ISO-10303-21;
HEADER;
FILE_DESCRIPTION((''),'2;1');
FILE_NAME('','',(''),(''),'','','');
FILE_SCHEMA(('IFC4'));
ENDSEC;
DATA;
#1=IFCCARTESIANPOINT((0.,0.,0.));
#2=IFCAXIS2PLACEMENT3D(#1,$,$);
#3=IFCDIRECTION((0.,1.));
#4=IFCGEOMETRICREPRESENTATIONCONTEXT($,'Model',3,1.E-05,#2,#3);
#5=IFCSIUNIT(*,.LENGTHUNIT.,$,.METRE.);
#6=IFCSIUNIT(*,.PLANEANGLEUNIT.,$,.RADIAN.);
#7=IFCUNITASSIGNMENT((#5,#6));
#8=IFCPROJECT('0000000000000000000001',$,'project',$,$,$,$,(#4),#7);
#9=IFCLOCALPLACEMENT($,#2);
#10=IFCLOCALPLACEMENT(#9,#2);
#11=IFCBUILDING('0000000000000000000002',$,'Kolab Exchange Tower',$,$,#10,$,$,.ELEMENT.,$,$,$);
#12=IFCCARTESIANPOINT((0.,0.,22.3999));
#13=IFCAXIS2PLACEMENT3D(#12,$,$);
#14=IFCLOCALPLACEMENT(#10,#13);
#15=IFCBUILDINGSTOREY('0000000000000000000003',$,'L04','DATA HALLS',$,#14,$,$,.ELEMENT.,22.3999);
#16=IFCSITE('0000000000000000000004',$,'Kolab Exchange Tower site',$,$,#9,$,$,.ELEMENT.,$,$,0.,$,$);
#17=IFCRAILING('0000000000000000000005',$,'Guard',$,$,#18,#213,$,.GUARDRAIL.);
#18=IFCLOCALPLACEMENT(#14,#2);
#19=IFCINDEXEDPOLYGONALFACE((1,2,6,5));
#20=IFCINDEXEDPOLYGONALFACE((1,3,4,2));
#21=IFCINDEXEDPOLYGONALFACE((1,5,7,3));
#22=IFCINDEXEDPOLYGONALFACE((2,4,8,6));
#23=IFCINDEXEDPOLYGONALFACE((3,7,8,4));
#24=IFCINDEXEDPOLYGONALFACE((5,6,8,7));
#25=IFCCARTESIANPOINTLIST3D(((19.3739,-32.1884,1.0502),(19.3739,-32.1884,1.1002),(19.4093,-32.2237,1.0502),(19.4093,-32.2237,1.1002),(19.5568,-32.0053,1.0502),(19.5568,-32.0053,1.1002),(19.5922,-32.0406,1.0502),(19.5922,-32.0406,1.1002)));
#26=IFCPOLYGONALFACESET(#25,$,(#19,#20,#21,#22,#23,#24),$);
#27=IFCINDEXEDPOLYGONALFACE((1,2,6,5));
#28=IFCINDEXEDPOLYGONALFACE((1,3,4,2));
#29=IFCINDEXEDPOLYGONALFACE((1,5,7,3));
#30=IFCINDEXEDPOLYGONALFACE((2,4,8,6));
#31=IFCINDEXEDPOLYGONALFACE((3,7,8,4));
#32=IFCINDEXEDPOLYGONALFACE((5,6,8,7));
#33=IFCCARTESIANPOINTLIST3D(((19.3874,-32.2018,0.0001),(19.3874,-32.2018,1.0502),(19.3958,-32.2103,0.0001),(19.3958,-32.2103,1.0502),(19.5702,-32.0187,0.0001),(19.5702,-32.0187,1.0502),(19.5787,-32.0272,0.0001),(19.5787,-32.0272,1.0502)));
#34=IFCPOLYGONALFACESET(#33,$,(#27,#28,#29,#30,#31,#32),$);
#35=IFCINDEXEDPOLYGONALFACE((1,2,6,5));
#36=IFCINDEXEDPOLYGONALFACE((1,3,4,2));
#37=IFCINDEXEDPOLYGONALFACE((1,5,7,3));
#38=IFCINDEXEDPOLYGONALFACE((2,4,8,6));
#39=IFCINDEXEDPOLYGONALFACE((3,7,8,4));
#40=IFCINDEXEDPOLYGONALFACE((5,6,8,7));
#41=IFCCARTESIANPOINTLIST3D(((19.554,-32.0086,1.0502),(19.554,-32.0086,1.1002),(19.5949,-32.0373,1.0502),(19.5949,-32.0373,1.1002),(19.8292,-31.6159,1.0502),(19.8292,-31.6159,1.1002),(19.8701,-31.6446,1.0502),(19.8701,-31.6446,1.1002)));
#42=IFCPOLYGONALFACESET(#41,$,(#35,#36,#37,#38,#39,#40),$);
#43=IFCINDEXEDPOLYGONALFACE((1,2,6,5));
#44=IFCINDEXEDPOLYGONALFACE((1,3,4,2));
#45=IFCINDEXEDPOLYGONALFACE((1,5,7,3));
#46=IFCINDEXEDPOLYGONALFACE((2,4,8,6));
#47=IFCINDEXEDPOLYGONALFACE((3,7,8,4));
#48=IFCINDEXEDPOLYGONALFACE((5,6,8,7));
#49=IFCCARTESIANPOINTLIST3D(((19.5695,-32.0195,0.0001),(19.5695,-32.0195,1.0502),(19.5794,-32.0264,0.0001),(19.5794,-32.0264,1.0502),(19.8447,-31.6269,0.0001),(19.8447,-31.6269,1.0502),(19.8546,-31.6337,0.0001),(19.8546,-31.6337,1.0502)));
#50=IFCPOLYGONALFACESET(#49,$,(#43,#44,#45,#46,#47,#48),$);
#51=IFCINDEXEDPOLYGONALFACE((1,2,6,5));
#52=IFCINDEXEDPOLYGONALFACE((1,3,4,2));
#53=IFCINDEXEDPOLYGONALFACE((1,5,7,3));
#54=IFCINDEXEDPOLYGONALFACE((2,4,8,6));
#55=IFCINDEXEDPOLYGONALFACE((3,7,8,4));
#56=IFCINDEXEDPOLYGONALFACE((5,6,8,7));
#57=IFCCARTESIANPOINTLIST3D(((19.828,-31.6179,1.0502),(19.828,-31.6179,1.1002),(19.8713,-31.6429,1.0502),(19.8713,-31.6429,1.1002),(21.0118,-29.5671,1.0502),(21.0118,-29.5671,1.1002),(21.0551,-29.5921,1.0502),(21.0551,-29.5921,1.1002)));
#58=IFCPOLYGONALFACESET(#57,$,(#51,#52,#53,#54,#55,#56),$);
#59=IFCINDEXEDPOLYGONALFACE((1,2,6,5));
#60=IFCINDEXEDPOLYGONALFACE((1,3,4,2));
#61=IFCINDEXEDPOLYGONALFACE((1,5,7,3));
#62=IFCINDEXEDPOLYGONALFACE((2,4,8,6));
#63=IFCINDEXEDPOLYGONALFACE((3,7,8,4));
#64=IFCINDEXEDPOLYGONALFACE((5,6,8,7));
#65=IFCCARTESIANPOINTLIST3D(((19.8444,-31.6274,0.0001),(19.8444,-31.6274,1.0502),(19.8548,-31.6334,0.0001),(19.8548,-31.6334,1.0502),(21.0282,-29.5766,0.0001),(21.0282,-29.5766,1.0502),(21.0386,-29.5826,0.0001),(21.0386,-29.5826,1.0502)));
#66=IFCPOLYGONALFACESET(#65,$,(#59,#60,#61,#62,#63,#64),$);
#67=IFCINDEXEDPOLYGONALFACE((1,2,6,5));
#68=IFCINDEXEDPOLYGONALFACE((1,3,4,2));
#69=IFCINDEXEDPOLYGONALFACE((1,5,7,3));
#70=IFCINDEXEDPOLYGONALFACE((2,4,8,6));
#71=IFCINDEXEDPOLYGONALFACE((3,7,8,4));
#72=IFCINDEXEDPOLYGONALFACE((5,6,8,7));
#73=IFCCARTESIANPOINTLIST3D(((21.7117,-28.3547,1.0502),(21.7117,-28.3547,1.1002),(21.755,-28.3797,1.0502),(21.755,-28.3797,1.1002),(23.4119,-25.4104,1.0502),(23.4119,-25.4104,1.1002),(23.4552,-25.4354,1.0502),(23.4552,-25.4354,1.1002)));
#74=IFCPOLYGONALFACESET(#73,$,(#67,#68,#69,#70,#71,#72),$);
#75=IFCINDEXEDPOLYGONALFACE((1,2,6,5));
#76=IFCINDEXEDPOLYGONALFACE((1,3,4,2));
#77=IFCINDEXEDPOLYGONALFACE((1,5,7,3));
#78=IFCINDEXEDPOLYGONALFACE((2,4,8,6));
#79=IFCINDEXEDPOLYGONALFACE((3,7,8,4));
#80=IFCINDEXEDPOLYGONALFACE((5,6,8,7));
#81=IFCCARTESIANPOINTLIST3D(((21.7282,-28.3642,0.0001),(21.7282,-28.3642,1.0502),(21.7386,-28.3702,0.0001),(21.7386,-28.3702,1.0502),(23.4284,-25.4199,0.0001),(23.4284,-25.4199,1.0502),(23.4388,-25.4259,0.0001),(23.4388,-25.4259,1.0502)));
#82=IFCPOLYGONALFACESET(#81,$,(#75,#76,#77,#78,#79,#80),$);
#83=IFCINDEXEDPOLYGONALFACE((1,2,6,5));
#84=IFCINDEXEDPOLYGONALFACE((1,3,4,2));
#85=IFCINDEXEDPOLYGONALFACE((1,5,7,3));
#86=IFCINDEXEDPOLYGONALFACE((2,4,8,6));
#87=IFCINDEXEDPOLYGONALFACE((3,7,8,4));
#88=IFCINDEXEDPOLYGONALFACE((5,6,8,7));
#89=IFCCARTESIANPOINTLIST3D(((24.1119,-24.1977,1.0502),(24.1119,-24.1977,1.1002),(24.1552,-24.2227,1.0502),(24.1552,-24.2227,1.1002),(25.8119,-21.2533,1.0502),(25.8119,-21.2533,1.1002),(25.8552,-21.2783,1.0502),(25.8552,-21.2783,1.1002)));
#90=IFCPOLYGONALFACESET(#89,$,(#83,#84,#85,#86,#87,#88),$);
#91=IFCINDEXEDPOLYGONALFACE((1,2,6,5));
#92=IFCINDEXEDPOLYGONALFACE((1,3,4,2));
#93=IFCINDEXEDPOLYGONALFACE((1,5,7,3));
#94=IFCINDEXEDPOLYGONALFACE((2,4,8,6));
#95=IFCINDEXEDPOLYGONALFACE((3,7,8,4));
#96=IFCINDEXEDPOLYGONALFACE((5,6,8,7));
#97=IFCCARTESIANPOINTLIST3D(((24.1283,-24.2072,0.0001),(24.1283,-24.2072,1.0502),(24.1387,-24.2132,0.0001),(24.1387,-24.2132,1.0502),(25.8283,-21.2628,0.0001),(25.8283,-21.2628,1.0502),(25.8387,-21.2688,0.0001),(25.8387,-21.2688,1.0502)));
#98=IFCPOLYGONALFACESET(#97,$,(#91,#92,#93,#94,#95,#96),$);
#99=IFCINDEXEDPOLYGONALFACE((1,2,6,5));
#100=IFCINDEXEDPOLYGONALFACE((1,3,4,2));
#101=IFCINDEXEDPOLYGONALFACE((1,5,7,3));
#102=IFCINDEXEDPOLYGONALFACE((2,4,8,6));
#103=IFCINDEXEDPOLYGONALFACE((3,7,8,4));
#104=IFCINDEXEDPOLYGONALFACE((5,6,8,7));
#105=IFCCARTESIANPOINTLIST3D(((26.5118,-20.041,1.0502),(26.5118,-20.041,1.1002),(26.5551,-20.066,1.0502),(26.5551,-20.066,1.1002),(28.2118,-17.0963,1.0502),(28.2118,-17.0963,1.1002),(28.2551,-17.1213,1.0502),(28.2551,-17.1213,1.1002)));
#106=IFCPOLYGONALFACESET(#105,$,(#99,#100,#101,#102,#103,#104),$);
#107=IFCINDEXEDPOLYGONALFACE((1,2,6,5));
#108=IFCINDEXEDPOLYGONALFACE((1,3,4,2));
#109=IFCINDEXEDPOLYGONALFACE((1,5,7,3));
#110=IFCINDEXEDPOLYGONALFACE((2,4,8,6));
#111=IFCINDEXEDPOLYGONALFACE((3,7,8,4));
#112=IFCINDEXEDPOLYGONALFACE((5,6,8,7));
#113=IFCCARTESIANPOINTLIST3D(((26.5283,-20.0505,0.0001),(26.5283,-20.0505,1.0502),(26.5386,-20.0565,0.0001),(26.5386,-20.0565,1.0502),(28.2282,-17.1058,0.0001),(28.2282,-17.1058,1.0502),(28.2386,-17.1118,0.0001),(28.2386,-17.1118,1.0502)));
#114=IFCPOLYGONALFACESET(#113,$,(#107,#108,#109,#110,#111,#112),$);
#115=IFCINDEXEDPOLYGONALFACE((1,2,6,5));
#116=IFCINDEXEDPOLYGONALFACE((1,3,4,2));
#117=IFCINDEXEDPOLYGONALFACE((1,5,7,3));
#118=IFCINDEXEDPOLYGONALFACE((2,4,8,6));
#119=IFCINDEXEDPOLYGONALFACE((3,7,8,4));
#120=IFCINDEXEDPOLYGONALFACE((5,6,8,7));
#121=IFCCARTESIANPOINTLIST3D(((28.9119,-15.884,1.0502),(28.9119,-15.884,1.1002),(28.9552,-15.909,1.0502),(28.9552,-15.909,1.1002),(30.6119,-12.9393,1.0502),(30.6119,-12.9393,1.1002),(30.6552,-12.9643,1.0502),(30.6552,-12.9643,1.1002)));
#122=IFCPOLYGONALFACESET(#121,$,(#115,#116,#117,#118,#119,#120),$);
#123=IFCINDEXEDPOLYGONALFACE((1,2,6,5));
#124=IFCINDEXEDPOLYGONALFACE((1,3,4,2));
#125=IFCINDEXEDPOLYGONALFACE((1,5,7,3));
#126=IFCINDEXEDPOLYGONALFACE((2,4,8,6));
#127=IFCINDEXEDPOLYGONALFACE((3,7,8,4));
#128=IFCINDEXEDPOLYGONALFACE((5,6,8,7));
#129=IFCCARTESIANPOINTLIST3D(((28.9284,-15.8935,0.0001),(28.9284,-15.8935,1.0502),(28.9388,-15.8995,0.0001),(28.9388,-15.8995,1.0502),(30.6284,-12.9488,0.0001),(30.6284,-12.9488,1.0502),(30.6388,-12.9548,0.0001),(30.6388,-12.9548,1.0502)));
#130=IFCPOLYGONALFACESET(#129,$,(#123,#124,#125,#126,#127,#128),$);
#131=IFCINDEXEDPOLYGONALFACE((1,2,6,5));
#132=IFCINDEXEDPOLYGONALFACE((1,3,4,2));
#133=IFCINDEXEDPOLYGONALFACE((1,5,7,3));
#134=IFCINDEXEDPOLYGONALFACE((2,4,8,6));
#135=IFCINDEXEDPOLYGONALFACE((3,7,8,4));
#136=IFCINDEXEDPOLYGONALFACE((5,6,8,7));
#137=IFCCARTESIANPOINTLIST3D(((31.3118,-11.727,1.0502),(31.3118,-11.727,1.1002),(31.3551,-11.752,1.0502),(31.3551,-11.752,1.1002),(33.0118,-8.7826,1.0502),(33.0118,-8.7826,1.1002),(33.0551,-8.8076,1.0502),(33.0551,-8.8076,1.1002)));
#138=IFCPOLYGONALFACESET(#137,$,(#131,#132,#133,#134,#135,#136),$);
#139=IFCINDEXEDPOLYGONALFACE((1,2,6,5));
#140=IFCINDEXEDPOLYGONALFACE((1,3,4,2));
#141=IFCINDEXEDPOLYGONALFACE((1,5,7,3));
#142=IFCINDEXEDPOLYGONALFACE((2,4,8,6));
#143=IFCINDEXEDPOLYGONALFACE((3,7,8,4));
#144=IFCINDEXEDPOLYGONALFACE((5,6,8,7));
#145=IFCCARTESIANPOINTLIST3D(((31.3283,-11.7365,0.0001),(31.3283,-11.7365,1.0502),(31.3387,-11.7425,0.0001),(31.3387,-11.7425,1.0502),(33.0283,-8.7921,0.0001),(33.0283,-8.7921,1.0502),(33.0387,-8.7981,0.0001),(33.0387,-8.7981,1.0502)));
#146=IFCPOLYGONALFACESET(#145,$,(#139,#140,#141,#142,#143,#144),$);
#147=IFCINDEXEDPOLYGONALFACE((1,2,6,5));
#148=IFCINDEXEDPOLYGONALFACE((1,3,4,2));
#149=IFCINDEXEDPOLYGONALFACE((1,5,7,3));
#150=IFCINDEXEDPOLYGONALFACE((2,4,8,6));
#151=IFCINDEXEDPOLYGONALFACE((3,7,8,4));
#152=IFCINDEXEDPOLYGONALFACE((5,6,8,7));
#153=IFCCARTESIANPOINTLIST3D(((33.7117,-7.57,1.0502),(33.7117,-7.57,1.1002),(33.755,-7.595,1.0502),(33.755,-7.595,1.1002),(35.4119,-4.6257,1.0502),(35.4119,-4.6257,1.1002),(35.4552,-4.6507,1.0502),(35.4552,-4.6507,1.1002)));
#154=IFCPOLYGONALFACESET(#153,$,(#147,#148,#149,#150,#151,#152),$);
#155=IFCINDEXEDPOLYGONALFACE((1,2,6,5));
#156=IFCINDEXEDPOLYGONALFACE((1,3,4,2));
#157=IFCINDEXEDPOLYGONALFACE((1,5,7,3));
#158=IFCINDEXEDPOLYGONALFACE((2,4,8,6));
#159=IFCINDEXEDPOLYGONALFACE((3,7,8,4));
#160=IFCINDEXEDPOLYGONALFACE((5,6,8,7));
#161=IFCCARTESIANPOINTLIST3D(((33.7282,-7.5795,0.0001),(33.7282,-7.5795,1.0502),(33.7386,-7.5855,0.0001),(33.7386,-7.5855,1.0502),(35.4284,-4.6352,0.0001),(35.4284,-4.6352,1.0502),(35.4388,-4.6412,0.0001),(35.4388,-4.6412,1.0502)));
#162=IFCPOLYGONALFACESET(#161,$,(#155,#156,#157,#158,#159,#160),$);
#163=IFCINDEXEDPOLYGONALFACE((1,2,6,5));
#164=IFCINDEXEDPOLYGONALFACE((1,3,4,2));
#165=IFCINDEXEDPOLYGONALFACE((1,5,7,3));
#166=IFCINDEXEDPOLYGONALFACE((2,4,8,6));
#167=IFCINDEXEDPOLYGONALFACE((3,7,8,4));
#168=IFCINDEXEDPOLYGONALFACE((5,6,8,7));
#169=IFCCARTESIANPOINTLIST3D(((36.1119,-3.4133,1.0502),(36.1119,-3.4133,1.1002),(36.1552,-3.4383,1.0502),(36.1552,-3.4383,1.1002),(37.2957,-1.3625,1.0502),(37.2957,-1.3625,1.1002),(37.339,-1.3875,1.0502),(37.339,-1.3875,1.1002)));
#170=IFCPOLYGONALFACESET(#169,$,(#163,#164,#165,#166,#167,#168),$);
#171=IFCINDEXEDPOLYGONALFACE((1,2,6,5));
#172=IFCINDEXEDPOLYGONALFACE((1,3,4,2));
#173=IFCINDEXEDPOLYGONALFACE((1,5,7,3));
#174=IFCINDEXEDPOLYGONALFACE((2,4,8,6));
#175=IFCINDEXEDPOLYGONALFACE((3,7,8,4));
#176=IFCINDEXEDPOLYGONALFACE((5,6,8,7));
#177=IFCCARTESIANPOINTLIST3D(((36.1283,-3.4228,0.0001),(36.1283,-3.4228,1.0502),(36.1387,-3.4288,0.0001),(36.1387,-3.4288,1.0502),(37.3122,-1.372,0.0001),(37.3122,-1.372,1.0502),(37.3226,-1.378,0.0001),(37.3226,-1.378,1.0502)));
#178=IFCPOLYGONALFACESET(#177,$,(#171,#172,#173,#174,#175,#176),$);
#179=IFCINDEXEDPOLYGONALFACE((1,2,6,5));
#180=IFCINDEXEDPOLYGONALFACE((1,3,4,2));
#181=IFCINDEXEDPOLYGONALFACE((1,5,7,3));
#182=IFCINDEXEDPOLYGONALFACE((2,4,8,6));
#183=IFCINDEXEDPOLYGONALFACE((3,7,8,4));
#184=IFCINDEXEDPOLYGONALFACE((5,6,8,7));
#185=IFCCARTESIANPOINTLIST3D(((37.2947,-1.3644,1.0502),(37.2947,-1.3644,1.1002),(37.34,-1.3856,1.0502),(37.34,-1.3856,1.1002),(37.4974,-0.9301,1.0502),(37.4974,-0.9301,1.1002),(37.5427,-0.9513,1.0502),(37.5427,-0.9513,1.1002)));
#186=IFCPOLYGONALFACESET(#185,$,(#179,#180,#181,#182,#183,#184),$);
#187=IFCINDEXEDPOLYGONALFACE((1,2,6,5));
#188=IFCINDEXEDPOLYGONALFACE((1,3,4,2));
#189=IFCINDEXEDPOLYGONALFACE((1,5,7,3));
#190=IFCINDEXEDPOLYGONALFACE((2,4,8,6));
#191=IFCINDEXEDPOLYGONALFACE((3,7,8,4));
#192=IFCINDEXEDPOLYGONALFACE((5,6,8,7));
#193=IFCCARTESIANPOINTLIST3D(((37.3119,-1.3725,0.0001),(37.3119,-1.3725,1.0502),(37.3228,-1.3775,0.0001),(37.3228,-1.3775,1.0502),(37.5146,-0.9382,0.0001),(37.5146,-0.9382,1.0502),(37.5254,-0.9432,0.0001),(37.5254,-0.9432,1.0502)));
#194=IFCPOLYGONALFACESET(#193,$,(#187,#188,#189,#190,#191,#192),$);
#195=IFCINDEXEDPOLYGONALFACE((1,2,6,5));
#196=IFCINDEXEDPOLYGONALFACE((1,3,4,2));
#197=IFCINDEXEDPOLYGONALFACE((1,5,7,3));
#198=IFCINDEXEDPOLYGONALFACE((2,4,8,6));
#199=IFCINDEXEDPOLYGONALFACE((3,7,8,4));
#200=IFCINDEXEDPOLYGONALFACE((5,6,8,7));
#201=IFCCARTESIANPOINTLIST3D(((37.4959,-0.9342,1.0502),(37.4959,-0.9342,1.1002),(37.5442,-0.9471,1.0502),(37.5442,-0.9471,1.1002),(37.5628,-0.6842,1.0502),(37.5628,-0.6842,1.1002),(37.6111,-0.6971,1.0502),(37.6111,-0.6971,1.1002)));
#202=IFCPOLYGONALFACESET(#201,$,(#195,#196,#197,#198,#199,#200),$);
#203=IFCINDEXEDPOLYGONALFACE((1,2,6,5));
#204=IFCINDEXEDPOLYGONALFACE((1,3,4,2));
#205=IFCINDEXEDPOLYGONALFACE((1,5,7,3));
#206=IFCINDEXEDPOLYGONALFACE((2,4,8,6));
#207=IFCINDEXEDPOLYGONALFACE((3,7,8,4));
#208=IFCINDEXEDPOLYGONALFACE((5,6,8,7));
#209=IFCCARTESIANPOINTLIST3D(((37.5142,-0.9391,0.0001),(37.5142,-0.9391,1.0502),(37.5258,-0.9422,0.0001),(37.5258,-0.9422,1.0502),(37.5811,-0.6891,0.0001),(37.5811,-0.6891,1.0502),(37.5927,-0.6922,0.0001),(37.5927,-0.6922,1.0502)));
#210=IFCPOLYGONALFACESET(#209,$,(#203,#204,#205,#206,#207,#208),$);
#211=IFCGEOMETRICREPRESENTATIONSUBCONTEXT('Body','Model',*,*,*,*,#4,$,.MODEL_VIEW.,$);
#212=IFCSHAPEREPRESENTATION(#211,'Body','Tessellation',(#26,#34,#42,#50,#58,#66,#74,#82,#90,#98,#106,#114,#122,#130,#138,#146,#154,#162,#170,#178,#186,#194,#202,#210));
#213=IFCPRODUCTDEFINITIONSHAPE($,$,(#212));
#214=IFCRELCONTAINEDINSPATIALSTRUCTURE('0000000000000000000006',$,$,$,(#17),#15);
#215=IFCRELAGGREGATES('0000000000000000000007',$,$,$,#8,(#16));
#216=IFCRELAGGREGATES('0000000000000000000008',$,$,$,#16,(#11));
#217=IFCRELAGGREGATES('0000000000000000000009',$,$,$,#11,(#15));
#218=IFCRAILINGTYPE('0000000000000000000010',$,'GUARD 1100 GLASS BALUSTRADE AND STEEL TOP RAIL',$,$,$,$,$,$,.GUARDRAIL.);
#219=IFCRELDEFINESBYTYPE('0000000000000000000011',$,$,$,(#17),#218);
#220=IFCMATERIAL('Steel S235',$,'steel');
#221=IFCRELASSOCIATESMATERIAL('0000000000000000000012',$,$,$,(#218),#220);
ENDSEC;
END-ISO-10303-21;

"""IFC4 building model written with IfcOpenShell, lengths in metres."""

from ifc_helpers import new_model, si_unit, direction, frame, frame_2d, origin, origin_2d, place, context, subcontext, project, spatial, rectangle, extrude, material, type_object, element, save


model = new_model("IFC4")

# Units and contexts
model_context = context("Model", 3, precision=1e-05, world=origin(), true_north=direction((0.0, 1.0)))
body_context = subcontext(model_context, "Body", "Model", "MODEL_VIEW")
ifc_project = project(units=[si_unit("LENGTHUNIT", "METRE"), si_unit("PLANEANGLEUNIT", "RADIAN")], contexts=[model_context])

# Site, building, storey
site_placement = place(None, origin())
site = spatial("IfcSite", under=ifc_project, at=site_placement, Name="Kolab Exchange Tower site", CompositionType="ELEMENT", RefElevation=0.0)
building_placement = place(site_placement, origin())
building = spatial("IfcBuilding", under=site, at=building_placement, Name="Kolab Exchange Tower", CompositionType="ELEMENT")
storey_placement = place(building_placement, frame((0.0, 0.0, 22.3999)))
storey = spatial("IfcBuildingStorey", under=building, at=storey_placement, Name="L04", Description="DATA HALLS", CompositionType="ELEMENT", Elevation=22.3999)

# Railing
ifc_material_1 = material(Name="Steel S235", Category="steel")
railing_type = type_object("IfcRailingType", Name="GUARD 1100 GLASS BALUSTRADE AND STEEL TOP RAIL", PredefinedType="GUARDRAIL", material=ifc_material_1)
railing_placement = place(storey_placement, frame((19.3916, -32.2061, 0.0)))
element("IfcRailing", 1, at=railing_placement, inside=storey, type_object=railing_type, Name="Guard", PredefinedType="GUARDRAIL", context=body_context, shape_type="SweptSolid", body=[
    extrude(rectangle(XDim=0.05, YDim=0.05, at=origin_2d()), frame((0.0, 0.0, 1.0752), z_axis=(0.706635, 0.707578, 0.0), x_axis=(-0.707578, 0.706635, 0.0)), (0.0, 0.0, 1.0), 0.2588),
    extrude(rectangle(XDim=0.012, YDim=1.0501, at=frame_2d((0.0, 0.5251))), frame((0.0, 0.0, 0.0), z_axis=(0.706635, 0.707578, 0.0), x_axis=(-0.707578, 0.706635, 0.0)), (0.0, 0.0, 1.0), 0.2588),
    extrude(rectangle(XDim=0.05, YDim=0.05, at=origin_2d()), frame((0.1829, 0.1831, 1.0752), z_axis=(0.573941, 0.818897, 0.0), x_axis=(-0.818897, 0.573941, 0.0)), (0.0, 0.0, 1.0), 0.4795),
    extrude(rectangle(XDim=0.012, YDim=1.0501, at=frame_2d((0.0, 0.5251))), frame((0.1829, 0.1831, 0.0), z_axis=(0.573941, 0.818897, 0.0), x_axis=(-0.818897, 0.573941, 0.0)), (0.0, 0.0, 1.0), 0.4795),
    extrude(rectangle(XDim=0.05, YDim=0.05, at=origin_2d()), frame((0.458, 0.5757, 1.0752), z_axis=(0.499943, 0.866059, 0.0), x_axis=(-0.866059, 0.499943, 0.0)), (0.0, 0.0, 1.0), 2.3679),
    extrude(rectangle(XDim=0.012, YDim=1.0501, at=frame_2d((0.0, 0.5251))), frame((0.458, 0.5757, 0.0), z_axis=(0.499943, 0.866059, 0.0), x_axis=(-0.866059, 0.499943, 0.0)), (0.0, 0.0, 1.0), 2.3679),
    extrude(rectangle(XDim=0.05, YDim=0.05, at=origin_2d()), frame((2.3418, 3.8389, 1.0752), z_axis=(0.500062, 0.865989, 0.0), x_axis=(-0.865989, 0.500062, 0.0)), (0.0, 0.0, 1.0), 3.3999),
    extrude(rectangle(XDim=0.012, YDim=1.0501, at=frame_2d((0.0, 0.5251))), frame((2.3418, 3.8389, 0.0), z_axis=(0.500062, 0.865989, 0.0), x_axis=(-0.865989, 0.500062, 0.0)), (0.0, 0.0, 1.0), 3.3999),
    extrude(rectangle(XDim=0.05, YDim=0.05, at=origin_2d()), frame((4.7419, 7.9958, 1.0752), z_axis=(0.500008, 0.866021, 0.0), x_axis=(-0.866021, 0.500008, 0.0)), (0.0, 0.0, 1.0), 3.3999),
    extrude(rectangle(XDim=0.012, YDim=1.0501, at=frame_2d((0.0, 0.5251))), frame((4.7419, 7.9958, 0.0), z_axis=(0.500008, 0.866021, 0.0), x_axis=(-0.866021, 0.500008, 0.0)), (0.0, 0.0, 1.0), 3.3999),
    extrude(rectangle(XDim=0.05, YDim=0.05, at=origin_2d()), frame((7.1418, 12.1526, 1.0752), z_axis=(0.499977, 0.866039, 0.0), x_axis=(-0.866039, 0.499977, 0.0)), (0.0, 0.0, 1.0), 3.4001),
    extrude(rectangle(XDim=0.012, YDim=1.0501, at=frame_2d((0.0, 0.5251))), frame((7.1418, 12.1526, 0.0), z_axis=(0.499977, 0.866039, 0.0), x_axis=(-0.866039, 0.499977, 0.0)), (0.0, 0.0, 1.0), 3.4001),
    extrude(rectangle(XDim=0.05, YDim=0.05, at=origin_2d()), frame((9.542, 16.3096, 1.0752), z_axis=(0.499977, 0.866039, 0.0), x_axis=(-0.866039, 0.499977, 0.0)), (0.0, 0.0, 1.0), 3.4001),
    extrude(rectangle(XDim=0.012, YDim=1.0501, at=frame_2d((0.0, 0.5251))), frame((9.542, 16.3096, 0.0), z_axis=(0.499977, 0.866039, 0.0), x_axis=(-0.866039, 0.499977, 0.0)), (0.0, 0.0, 1.0), 3.4001),
    extrude(rectangle(XDim=0.05, YDim=0.05, at=origin_2d()), frame((11.9419, 20.4666, 1.0752), z_axis=(0.500008, 0.866021, 0.0), x_axis=(-0.866021, 0.500008, 0.0)), (0.0, 0.0, 1.0), 3.3999),
    extrude(rectangle(XDim=0.012, YDim=1.0501, at=frame_2d((0.0, 0.5251))), frame((11.9419, 20.4666, 0.0), z_axis=(0.500008, 0.866021, 0.0), x_axis=(-0.866021, 0.500008, 0.0)), (0.0, 0.0, 1.0), 3.3999),
    extrude(rectangle(XDim=0.05, YDim=0.05, at=origin_2d()), frame((14.3418, 24.6235, 1.0752), z_axis=(0.500062, 0.865989, 0.0), x_axis=(-0.865989, 0.500062, 0.0)), (0.0, 0.0, 1.0), 3.3999),
    extrude(rectangle(XDim=0.012, YDim=1.0501, at=frame_2d((0.0, 0.5251))), frame((14.3418, 24.6235, 0.0), z_axis=(0.500062, 0.865989, 0.0), x_axis=(-0.865989, 0.500062, 0.0)), (0.0, 0.0, 1.0), 3.3999),
    extrude(rectangle(XDim=0.05, YDim=0.05, at=origin_2d()), frame((16.7419, 28.7803, 1.0752), z_axis=(0.499943, 0.866059, 0.0), x_axis=(-0.866059, 0.499943, 0.0)), (0.0, 0.0, 1.0), 2.3679),
    extrude(rectangle(XDim=0.012, YDim=1.0501, at=frame_2d((0.0, 0.5251))), frame((16.7419, 28.7803, 0.0), z_axis=(0.499943, 0.866059, 0.0), x_axis=(-0.866059, 0.499943, 0.0)), (0.0, 0.0, 1.0), 2.3679),
    extrude(rectangle(XDim=0.05, YDim=0.05, at=origin_2d()), frame((17.9258, 30.8311, 1.0752), z_axis=(0.422802, 0.906222, 0.0), x_axis=(-0.906222, 0.422802, 0.0)), (0.0, 0.0, 1.0), 0.4792),
    extrude(rectangle(XDim=0.012, YDim=1.0501, at=frame_2d((0.0, 0.5251))), frame((17.9258, 30.8311, 0.0), z_axis=(0.422802, 0.906222, 0.0), x_axis=(-0.906222, 0.422802, 0.0)), (0.0, 0.0, 1.0), 0.4792),
    extrude(rectangle(XDim=0.05, YDim=0.05, at=origin_2d()), frame((18.1284, 31.2654, 1.0752), z_axis=(0.258485, 0.966015, 0.0), x_axis=(-0.966015, 0.258485, 0.0)), (0.0, 0.0, 1.0), 0.2588),
    extrude(rectangle(XDim=0.012, YDim=1.0501, at=frame_2d((0.0, 0.5251))), frame((18.1284, 31.2654, 0.0), z_axis=(0.258485, 0.966015, 0.0), x_axis=(-0.966015, 0.258485, 0.0)), (0.0, 0.0, 1.0), 0.2588),
])

save(model, "model.ifc")
